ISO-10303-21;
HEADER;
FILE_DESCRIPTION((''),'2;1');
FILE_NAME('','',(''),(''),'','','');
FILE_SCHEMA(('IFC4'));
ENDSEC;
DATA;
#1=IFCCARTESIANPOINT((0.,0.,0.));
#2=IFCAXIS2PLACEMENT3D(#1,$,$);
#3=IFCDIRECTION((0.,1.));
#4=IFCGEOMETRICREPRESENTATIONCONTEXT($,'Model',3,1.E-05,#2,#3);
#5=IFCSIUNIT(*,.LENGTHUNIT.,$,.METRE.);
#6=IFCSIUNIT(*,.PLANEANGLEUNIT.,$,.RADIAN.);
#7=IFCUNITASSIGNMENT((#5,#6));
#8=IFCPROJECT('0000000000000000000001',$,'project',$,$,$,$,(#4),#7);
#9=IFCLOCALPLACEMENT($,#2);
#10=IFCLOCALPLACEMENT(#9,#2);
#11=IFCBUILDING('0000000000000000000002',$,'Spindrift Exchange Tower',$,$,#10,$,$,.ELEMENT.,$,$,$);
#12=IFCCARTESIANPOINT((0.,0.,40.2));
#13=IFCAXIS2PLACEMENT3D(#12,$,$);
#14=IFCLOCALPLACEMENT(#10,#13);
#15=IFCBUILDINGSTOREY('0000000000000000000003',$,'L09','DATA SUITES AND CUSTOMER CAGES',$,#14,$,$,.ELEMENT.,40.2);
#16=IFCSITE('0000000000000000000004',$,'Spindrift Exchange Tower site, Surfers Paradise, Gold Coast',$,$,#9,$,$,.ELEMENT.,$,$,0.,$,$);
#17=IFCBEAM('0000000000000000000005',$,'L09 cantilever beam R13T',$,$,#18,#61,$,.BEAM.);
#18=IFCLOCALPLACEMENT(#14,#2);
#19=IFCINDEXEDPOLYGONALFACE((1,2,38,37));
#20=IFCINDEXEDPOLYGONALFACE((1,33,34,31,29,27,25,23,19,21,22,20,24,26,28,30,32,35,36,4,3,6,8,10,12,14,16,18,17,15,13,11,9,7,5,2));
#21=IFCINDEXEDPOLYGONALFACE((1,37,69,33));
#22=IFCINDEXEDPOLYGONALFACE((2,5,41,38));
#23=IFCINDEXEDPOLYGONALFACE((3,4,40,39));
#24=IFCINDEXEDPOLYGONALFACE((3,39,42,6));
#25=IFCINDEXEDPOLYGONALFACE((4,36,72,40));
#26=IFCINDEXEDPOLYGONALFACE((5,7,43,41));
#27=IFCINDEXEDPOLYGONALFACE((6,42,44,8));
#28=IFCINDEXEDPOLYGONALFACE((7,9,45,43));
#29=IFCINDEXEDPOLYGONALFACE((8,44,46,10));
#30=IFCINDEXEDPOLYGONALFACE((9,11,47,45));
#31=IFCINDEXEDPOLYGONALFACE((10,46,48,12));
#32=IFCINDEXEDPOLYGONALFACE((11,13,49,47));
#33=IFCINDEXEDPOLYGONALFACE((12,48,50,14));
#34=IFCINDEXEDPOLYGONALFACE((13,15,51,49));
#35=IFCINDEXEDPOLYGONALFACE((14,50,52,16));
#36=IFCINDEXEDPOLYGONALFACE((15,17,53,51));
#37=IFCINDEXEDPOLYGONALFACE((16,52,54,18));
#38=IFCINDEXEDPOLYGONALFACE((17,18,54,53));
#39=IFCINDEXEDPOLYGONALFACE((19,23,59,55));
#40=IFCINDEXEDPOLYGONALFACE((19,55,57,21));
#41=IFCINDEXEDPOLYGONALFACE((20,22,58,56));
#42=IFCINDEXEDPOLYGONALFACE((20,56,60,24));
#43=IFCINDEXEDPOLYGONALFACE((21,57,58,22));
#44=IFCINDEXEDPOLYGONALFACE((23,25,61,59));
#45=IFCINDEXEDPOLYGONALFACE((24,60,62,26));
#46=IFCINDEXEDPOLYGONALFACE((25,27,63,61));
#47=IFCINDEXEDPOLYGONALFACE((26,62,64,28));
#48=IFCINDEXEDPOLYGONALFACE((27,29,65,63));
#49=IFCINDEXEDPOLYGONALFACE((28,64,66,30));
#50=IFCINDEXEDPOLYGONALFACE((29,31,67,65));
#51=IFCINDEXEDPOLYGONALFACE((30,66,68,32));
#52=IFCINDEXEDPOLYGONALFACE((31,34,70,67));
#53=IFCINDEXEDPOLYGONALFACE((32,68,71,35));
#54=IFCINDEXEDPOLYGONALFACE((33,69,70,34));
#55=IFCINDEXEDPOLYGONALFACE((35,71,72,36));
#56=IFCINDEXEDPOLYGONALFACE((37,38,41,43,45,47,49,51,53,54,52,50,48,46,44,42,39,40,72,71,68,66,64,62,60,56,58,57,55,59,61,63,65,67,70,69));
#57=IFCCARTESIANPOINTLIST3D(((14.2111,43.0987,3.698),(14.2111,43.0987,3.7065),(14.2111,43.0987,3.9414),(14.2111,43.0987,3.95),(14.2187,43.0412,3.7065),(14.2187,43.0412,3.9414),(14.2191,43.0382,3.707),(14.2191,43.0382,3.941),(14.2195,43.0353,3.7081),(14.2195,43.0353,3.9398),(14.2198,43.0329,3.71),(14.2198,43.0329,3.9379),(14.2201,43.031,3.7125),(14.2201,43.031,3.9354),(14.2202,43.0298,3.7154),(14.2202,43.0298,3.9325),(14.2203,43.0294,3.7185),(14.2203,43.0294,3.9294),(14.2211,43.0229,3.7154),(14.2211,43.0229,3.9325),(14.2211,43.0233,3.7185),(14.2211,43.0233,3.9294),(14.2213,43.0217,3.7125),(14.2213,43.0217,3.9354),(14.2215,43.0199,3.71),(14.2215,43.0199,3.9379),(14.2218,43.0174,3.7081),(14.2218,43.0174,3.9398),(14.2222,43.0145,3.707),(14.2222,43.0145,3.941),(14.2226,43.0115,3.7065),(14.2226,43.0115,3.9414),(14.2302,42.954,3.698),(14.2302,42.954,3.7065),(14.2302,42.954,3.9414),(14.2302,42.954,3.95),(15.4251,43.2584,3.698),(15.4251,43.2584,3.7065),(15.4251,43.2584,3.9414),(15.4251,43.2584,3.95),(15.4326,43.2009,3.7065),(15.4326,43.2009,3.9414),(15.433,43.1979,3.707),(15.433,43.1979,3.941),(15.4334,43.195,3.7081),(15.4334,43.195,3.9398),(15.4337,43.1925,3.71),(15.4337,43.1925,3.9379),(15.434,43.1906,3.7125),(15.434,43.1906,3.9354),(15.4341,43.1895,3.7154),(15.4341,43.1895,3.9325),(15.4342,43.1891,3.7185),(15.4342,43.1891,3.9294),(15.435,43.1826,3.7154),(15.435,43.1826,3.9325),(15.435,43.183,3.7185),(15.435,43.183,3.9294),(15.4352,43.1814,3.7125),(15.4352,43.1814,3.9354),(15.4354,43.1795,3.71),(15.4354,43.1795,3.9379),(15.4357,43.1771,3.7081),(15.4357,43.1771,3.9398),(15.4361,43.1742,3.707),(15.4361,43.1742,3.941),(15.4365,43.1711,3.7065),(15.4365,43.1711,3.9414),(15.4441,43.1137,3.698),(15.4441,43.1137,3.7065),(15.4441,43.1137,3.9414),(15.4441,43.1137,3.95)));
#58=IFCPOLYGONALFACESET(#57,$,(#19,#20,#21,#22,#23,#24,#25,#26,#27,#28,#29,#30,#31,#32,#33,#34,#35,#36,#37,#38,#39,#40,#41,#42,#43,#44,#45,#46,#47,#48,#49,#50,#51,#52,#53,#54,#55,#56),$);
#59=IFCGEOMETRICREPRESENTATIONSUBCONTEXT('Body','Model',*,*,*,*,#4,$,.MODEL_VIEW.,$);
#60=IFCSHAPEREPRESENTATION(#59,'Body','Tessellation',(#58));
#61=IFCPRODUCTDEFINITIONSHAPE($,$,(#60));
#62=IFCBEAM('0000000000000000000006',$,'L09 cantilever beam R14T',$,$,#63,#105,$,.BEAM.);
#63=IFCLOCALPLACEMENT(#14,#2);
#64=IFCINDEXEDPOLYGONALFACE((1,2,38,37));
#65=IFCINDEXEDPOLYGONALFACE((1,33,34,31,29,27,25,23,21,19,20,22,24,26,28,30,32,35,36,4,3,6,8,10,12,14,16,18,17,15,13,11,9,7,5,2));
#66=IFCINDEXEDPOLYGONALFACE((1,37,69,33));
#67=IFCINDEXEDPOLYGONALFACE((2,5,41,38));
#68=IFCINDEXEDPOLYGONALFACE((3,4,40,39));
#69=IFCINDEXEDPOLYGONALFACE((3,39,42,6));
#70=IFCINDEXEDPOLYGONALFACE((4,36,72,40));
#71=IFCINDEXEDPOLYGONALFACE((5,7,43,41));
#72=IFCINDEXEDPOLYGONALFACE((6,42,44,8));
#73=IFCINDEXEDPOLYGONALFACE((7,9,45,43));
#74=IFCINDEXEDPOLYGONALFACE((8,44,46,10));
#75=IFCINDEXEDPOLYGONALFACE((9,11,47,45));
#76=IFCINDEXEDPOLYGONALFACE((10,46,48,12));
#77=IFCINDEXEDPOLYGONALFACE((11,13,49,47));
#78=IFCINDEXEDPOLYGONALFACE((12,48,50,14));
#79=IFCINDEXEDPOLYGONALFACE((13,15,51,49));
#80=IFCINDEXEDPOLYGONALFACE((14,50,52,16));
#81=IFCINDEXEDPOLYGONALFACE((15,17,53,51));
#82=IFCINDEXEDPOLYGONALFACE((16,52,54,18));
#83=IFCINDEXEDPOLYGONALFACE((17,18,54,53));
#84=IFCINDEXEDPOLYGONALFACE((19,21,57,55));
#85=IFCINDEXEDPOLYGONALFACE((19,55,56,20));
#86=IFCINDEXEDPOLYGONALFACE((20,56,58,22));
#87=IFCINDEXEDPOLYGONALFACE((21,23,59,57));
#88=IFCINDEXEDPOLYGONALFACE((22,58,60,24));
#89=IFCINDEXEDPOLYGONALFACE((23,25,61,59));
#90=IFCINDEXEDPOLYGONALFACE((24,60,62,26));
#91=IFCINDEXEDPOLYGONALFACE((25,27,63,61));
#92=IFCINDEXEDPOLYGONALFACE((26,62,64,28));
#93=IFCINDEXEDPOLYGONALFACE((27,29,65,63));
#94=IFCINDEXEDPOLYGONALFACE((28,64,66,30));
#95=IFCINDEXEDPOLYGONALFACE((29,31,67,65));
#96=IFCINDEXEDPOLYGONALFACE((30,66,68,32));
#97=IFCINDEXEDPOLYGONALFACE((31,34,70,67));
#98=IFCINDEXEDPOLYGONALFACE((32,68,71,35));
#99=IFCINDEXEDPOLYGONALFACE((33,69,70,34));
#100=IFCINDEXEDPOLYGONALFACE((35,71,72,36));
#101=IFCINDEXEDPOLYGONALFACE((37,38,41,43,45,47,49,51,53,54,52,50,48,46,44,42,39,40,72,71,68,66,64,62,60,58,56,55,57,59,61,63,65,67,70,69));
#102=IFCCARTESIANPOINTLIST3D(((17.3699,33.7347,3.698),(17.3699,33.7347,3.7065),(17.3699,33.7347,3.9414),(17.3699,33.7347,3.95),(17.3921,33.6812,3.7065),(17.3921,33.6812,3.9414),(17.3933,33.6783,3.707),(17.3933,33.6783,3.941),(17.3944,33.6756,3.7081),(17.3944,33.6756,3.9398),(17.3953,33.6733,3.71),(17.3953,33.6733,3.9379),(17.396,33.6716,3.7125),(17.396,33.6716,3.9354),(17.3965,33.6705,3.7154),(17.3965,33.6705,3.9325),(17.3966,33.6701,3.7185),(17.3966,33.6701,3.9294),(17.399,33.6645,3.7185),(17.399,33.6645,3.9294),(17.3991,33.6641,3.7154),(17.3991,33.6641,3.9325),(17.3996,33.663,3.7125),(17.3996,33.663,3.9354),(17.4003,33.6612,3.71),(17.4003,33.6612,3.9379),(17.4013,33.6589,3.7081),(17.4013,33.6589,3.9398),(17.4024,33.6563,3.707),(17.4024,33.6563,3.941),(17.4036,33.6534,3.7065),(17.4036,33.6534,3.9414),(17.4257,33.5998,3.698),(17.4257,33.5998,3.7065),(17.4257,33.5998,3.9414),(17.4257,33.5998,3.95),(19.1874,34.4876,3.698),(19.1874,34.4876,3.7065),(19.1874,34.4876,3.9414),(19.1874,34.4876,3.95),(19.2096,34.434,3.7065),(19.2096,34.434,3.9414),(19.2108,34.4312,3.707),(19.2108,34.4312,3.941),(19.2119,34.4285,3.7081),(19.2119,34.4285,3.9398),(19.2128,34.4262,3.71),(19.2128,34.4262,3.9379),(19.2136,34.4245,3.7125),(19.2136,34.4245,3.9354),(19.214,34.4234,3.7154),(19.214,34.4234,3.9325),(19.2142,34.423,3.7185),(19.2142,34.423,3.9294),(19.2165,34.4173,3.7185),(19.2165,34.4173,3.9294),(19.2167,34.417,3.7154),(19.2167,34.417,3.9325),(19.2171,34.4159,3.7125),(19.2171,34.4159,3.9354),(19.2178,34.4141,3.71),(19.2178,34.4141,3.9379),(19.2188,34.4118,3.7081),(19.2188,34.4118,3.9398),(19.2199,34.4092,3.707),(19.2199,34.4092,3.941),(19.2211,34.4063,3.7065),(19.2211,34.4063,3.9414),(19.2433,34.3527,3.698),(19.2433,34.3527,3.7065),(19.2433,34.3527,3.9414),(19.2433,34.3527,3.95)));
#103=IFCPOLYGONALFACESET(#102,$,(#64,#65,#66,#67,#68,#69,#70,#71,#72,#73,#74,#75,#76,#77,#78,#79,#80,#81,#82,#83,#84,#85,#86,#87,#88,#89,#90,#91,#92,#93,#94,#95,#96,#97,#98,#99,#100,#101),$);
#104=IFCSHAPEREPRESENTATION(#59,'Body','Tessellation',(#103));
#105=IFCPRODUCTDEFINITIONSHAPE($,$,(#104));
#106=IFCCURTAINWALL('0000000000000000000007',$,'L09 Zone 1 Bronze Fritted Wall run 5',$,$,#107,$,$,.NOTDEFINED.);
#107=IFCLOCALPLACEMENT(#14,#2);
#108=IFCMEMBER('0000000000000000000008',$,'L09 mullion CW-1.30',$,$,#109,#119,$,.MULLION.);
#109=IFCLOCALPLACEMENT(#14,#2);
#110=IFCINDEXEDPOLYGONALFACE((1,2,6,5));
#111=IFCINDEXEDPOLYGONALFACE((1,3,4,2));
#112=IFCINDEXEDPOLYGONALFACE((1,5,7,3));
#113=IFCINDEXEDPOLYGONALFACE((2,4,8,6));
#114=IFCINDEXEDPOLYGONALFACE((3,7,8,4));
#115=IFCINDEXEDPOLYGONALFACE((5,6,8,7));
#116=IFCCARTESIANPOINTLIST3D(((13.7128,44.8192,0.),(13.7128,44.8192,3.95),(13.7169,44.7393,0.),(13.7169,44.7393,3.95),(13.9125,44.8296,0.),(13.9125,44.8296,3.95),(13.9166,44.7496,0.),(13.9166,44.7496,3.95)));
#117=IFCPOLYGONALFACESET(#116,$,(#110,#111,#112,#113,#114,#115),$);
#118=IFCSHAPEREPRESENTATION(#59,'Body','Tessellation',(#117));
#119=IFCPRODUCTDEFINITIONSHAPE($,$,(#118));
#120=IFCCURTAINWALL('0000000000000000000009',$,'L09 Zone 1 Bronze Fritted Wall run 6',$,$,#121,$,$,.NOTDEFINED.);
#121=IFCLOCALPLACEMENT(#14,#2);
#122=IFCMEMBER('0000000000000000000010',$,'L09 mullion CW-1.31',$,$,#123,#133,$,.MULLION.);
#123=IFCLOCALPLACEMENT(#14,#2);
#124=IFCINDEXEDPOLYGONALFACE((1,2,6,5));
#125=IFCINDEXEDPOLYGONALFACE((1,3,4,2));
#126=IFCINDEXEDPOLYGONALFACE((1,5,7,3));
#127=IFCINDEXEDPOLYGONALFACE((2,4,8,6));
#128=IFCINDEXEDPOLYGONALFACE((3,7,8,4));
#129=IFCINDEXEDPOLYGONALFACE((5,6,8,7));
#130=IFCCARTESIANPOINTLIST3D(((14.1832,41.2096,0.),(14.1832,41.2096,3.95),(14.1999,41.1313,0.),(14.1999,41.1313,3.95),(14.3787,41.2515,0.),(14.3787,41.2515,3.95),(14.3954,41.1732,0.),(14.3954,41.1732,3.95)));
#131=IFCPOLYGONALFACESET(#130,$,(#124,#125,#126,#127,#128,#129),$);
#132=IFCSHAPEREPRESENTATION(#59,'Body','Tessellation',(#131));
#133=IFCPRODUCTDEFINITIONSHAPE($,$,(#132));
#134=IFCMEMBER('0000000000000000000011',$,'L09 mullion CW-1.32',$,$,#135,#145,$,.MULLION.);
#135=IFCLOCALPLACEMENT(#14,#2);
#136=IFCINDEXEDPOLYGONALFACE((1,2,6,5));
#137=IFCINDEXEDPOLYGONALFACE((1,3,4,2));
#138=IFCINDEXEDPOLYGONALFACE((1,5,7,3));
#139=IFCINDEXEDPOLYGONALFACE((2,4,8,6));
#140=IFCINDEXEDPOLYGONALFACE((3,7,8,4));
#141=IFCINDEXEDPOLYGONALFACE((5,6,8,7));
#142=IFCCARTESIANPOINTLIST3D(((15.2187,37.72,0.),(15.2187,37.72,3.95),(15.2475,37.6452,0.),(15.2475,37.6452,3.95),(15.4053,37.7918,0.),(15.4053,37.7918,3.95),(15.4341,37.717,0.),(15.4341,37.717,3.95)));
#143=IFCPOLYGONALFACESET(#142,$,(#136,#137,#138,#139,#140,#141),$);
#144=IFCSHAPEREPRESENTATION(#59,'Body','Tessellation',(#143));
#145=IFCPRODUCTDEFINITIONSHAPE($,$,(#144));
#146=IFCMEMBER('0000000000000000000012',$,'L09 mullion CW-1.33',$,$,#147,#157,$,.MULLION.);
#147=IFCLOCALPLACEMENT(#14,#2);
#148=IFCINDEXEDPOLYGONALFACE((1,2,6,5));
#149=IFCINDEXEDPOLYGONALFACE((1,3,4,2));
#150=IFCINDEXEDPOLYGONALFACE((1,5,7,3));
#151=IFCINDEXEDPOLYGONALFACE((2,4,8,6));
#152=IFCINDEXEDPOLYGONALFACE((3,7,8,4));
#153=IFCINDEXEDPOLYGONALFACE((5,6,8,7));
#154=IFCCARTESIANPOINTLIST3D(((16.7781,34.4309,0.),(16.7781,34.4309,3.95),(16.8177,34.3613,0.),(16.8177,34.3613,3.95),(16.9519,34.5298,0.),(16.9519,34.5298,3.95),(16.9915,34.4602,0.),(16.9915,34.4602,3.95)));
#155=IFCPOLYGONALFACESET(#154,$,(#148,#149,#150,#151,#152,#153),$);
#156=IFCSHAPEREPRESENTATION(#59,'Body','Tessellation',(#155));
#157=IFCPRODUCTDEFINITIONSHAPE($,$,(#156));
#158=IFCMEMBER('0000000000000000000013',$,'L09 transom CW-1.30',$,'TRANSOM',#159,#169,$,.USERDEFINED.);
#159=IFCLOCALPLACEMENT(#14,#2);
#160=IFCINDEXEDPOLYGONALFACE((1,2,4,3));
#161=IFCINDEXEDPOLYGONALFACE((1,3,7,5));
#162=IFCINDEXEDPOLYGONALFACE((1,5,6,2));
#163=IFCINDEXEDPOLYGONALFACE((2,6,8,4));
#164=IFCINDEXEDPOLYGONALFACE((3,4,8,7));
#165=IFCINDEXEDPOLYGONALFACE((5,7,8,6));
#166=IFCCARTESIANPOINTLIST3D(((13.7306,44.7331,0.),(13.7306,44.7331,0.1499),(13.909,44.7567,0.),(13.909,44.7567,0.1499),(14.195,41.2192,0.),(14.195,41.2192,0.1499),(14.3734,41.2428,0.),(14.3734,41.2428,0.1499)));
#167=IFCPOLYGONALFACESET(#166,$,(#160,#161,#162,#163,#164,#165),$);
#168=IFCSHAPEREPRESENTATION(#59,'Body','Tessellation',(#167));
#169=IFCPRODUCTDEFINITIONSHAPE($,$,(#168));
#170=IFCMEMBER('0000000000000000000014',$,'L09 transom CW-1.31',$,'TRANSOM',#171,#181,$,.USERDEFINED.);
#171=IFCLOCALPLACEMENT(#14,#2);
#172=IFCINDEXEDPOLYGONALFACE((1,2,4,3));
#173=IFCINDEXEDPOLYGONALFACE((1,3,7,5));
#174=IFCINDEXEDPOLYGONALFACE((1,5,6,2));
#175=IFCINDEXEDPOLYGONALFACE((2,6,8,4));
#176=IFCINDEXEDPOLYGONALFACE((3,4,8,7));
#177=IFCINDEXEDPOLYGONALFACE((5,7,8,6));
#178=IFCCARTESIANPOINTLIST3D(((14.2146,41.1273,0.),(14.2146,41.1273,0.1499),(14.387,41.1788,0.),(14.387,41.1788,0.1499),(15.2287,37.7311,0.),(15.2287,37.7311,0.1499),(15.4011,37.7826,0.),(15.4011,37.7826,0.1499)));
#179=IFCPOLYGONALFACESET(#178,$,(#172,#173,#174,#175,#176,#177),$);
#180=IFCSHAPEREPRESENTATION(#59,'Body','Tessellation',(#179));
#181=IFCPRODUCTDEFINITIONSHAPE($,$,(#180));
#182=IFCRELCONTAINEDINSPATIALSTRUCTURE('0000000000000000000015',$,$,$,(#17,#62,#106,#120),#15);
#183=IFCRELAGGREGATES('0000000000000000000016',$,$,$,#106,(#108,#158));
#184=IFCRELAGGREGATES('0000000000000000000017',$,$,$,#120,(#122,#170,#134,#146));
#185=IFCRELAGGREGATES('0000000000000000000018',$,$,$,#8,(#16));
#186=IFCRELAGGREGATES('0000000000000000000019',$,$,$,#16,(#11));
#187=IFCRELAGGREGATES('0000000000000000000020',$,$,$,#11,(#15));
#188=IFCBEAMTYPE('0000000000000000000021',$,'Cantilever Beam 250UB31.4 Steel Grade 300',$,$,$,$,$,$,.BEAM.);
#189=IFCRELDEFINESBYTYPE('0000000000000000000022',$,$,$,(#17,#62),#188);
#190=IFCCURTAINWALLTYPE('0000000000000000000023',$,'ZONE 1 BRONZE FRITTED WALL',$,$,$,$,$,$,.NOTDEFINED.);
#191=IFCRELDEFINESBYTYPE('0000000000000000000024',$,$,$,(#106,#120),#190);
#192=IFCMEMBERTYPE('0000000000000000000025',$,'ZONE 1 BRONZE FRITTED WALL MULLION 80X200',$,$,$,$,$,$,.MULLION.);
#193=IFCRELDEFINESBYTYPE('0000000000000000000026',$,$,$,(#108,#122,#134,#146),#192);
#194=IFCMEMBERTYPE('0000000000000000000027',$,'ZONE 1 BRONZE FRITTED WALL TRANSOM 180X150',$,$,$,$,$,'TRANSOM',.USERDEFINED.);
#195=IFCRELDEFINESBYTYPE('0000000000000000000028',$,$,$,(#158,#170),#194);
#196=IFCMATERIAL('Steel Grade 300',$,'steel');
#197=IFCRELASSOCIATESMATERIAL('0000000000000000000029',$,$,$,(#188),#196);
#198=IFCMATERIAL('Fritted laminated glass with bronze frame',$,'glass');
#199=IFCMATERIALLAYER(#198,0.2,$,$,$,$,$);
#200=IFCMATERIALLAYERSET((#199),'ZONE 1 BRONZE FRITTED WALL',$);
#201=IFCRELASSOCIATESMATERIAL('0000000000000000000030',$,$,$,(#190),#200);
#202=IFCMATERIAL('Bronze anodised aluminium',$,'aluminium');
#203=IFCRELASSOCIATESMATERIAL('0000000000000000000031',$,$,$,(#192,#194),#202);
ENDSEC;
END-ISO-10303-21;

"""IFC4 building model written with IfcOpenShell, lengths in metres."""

from ifc_helpers import new_model, si_unit, direction, frame, origin, origin_2d, place, context, subcontext, project, spatial, rectangle, i_section, extrude, source, transform, mapped, material, layer, layer_set, material_profile, profile_set, type_object, element, aggregate, save


model = new_model("IFC4")

# Units and contexts
model_context = context("Model", 3, precision=1e-05, world=origin(), true_north=direction((0.0, 1.0)))
body_context = subcontext(model_context, "Body", "Model", "MODEL_VIEW")
ifc_project = project(units=[si_unit("LENGTHUNIT", "METRE"), si_unit("PLANEANGLEUNIT", "RADIAN")], contexts=[model_context])

# Site, building, storey
site_placement = place(None, origin())
site = spatial("IfcSite", under=ifc_project, at=site_placement, Name="Spindrift Exchange Tower site, Surfers Paradise, Gold Coast", CompositionType="ELEMENT", RefElevation=0.0)
building_placement = place(site_placement, origin())
building = spatial("IfcBuilding", under=site, at=building_placement, Name="Spindrift Exchange Tower", CompositionType="ELEMENT")
storey_placement = place(building_placement, frame((0.0, 0.0, 40.2)))
storey = spatial("IfcBuildingStorey", under=building, at=storey_placement, Name="L09", Description="DATA SUITES AND CUSTOMER CAGES", CompositionType="ELEMENT", Elevation=40.2)

# Beams
ifc_material_1 = material(Name="Steel Grade 300", Category="steel")
ifc_material_profile_1 = material_profile(ifc_material_1, i_section(OverallWidth=0.146, OverallDepth=0.252, WebThickness=0.0061, FlangeThickness=0.0085, FilletRadius=0.012, at=origin_2d()), Name="250UB31.4")
ifc_profile_set_1 = profile_set([ifc_material_profile_1], Name="Steel Grade 300")
beam_type_1 = type_object("IfcBeamType", Name="Cantilever Beam 250UB31.4 Steel Grade 300", PredefinedType="BEAM", material=ifc_profile_set_1)
shared_shape_1 = source(origin(), body_context, "Body", "SweptSolid", [
    extrude(i_section(OverallWidth=0.146, OverallDepth=0.252, WebThickness=0.0061, FlangeThickness=0.0085, FilletRadius=0.012, at=origin_2d()), origin(), (0.0, 0.0, 1.0), 1.2244),
])
beam_1_placement = place(storey_placement, frame((15.4346, 43.186, 3.824), z_axis=(-0.99146, -0.130413, 0.0), x_axis=(0.130413, -0.99146, 0.0)))
element("IfcBeam", 1, at=beam_1_placement, inside=storey, type_object=beam_type_1, Name="L09 cantilever beam R13T", PredefinedType="BEAM", context=body_context, shape_type="MappedRepresentation", body=[
    mapped(shared_shape_1, transform((0.0, 0.0, 0.0), scale=1.0)),
])
shared_shape_2 = source(origin(), body_context, "Body", "SweptSolid", [
    extrude(i_section(OverallWidth=0.146, OverallDepth=0.252, WebThickness=0.0061, FlangeThickness=0.0085, FilletRadius=0.012, at=origin_2d()), origin(), (0.0, 0.0, 1.0), 1.9673),
])
beam_2_placement = place(storey_placement, frame((19.2153, 34.4202, 3.824), z_axis=(-0.923872, -0.382703, 0.0), x_axis=(0.382703, -0.923872, 0.0)))
element("IfcBeam", 2, at=beam_2_placement, inside=storey, type_object=beam_type_1, Name="L09 cantilever beam R14T", PredefinedType="BEAM", context=body_context, shape_type="MappedRepresentation", body=[
    mapped(shared_shape_2, transform((0.0, 0.0, 0.0), scale=1.0)),
])

# Curtain wall, member
ifc_material_2 = material(Name="Fritted laminated glass with bronze frame", Category="glass")
ifc_layer_1 = layer(ifc_material_2, 0.2)
ifc_layer_set_1 = layer_set([ifc_layer_1], Name="ZONE 1 BRONZE FRITTED WALL")
curtain_wall_type = type_object("IfcCurtainWallType", Name="ZONE 1 BRONZE FRITTED WALL", PredefinedType="NOTDEFINED", material=ifc_layer_set_1)
curtain_wall_1_placement = place(storey_placement, origin())
curtain_wall_1 = element("IfcCurtainWall", 3, at=curtain_wall_1_placement, inside=storey, type_object=curtain_wall_type, Name="L09 Zone 1 Bronze Fritted Wall run 5", PredefinedType="NOTDEFINED")
ifc_material_3 = material(Name="Bronze anodised aluminium", Category="aluminium")
ifc_material_profile_2 = material_profile(ifc_material_3, rectangle(XDim=0.0801, YDim=0.2, at=origin_2d()), Name="ZONE 1 BRONZE FRITTED WALL MULLION 80X200")
ifc_profile_set_2 = profile_set([ifc_material_profile_2], Name="Bronze anodised aluminium")
member_type_1 = type_object("IfcMemberType", Name="ZONE 1 BRONZE FRITTED WALL MULLION 80X200", PredefinedType="MULLION", material=ifc_profile_set_2)
shared_shape_3 = source(origin(), body_context, "Body", "SweptSolid", [
    extrude(rectangle(XDim=0.0801, YDim=0.2, at=origin_2d()), origin(), (0.0, 0.0, 1.0), 3.95),
])
member_1_placement = place(storey_placement, frame((13.8147, 44.7844, 0.0), z_axis=(0.0, 0.0, 1.0), x_axis=(0.051869, -0.998654, 0.0)))
member_1 = element("IfcMember", 4, at=member_1_placement, type_object=member_type_1, Name="L09 mullion CW-1.30", PredefinedType="MULLION", context=body_context, shape_type="MappedRepresentation", body=[
    mapped(shared_shape_3, transform((0.0, 0.0, 0.0), scale=1.0)),
])

# Curtain wall, members
curtain_wall_2_placement = place(storey_placement, origin())
curtain_wall_2 = element("IfcCurtainWall", 5, at=curtain_wall_2_placement, inside=storey, type_object=curtain_wall_type, Name="L09 Zone 1 Bronze Fritted Wall run 6", PredefinedType="NOTDEFINED")
member_2_placement = place(storey_placement, frame((14.2893, 41.1914, 0.0), z_axis=(0.0, 0.0, 1.0), x_axis=(0.20919, -0.977875, 0.0)))
member_2 = element("IfcMember", 6, at=member_2_placement, type_object=member_type_1, Name="L09 mullion CW-1.31", PredefinedType="MULLION", context=body_context, shape_type="MappedRepresentation", body=[
    mapped(shared_shape_3, transform((0.0, 0.0, 0.0), scale=1.0)),
])
member_3_placement = place(storey_placement, frame((15.3264, 37.7185, 0.0), z_axis=(0.0, 0.0, 1.0), x_axis=(0.359083, -0.933306, 0.0)))
member_3 = element("IfcMember", 7, at=member_3_placement, type_object=member_type_1, Name="L09 mullion CW-1.32", PredefinedType="MULLION", context=body_context, shape_type="MappedRepresentation", body=[
    mapped(shared_shape_3, transform((0.0, 0.0, 0.0), scale=1.0)),
])
member_4_placement = place(storey_placement, frame((16.8848, 34.4456, 0.0), z_axis=(0.0, 0.0, 1.0), x_axis=(0.494594, -0.869124, 0.0)))
member_4 = element("IfcMember", 8, at=member_4_placement, type_object=member_type_1, Name="L09 mullion CW-1.33", PredefinedType="MULLION", context=body_context, shape_type="MappedRepresentation", body=[
    mapped(shared_shape_3, transform((0.0, 0.0, 0.0), scale=1.0)),
])

# Members
ifc_material_profile_3 = material_profile(ifc_material_3, rectangle(XDim=0.1799, YDim=0.1499, at=origin_2d()), Name="ZONE 1 BRONZE FRITTED WALL TRANSOM 180X150")
ifc_profile_set_3 = profile_set([ifc_material_profile_3], Name="Bronze anodised aluminium")
member_type_2 = type_object("IfcMemberType", Name="ZONE 1 BRONZE FRITTED WALL TRANSOM 180X150", ElementType="TRANSOM", PredefinedType="USERDEFINED", material=ifc_profile_set_3)
shared_shape_4 = source(origin(), body_context, "Body", "SweptSolid", [
    extrude(rectangle(XDim=0.1799, YDim=0.1499, at=origin_2d()), origin(), (0.0, 0.0, 1.0), 3.5444),
])
member_5_placement = place(storey_placement, frame((13.8198, 44.7449, 0.075), z_axis=(0.131009, -0.991381, 0.0), x_axis=(0.991381, 0.131009, 0.0)))
member_5 = element("IfcMember", 9, at=member_5_placement, type_object=member_type_2, Name="L09 transom CW-1.30", ObjectType="TRANSOM", PredefinedType="USERDEFINED", context=body_context, shape_type="MappedRepresentation", body=[
    mapped(shared_shape_4, transform((0.0, 0.0, 0.0), scale=1.0)),
])
member_6_placement = place(storey_placement, frame((14.3008, 41.1531, 0.075), z_axis=(0.286128, -0.958191, 0.0), x_axis=(0.958191, 0.286128, 0.0)))
member_6 = element("IfcMember", 10, at=member_6_placement, type_object=member_type_2, Name="L09 transom CW-1.31", ObjectType="TRANSOM", PredefinedType="USERDEFINED", context=body_context, shape_type="MappedRepresentation", body=[
    mapped(shared_shape_4, transform((0.0, 0.0, 0.0), scale=1.0)),
])

aggregate(curtain_wall_1, [member_1, member_5])
aggregate(curtain_wall_2, [member_2, member_6, member_3, member_4])

save(model, "model.ifc")
